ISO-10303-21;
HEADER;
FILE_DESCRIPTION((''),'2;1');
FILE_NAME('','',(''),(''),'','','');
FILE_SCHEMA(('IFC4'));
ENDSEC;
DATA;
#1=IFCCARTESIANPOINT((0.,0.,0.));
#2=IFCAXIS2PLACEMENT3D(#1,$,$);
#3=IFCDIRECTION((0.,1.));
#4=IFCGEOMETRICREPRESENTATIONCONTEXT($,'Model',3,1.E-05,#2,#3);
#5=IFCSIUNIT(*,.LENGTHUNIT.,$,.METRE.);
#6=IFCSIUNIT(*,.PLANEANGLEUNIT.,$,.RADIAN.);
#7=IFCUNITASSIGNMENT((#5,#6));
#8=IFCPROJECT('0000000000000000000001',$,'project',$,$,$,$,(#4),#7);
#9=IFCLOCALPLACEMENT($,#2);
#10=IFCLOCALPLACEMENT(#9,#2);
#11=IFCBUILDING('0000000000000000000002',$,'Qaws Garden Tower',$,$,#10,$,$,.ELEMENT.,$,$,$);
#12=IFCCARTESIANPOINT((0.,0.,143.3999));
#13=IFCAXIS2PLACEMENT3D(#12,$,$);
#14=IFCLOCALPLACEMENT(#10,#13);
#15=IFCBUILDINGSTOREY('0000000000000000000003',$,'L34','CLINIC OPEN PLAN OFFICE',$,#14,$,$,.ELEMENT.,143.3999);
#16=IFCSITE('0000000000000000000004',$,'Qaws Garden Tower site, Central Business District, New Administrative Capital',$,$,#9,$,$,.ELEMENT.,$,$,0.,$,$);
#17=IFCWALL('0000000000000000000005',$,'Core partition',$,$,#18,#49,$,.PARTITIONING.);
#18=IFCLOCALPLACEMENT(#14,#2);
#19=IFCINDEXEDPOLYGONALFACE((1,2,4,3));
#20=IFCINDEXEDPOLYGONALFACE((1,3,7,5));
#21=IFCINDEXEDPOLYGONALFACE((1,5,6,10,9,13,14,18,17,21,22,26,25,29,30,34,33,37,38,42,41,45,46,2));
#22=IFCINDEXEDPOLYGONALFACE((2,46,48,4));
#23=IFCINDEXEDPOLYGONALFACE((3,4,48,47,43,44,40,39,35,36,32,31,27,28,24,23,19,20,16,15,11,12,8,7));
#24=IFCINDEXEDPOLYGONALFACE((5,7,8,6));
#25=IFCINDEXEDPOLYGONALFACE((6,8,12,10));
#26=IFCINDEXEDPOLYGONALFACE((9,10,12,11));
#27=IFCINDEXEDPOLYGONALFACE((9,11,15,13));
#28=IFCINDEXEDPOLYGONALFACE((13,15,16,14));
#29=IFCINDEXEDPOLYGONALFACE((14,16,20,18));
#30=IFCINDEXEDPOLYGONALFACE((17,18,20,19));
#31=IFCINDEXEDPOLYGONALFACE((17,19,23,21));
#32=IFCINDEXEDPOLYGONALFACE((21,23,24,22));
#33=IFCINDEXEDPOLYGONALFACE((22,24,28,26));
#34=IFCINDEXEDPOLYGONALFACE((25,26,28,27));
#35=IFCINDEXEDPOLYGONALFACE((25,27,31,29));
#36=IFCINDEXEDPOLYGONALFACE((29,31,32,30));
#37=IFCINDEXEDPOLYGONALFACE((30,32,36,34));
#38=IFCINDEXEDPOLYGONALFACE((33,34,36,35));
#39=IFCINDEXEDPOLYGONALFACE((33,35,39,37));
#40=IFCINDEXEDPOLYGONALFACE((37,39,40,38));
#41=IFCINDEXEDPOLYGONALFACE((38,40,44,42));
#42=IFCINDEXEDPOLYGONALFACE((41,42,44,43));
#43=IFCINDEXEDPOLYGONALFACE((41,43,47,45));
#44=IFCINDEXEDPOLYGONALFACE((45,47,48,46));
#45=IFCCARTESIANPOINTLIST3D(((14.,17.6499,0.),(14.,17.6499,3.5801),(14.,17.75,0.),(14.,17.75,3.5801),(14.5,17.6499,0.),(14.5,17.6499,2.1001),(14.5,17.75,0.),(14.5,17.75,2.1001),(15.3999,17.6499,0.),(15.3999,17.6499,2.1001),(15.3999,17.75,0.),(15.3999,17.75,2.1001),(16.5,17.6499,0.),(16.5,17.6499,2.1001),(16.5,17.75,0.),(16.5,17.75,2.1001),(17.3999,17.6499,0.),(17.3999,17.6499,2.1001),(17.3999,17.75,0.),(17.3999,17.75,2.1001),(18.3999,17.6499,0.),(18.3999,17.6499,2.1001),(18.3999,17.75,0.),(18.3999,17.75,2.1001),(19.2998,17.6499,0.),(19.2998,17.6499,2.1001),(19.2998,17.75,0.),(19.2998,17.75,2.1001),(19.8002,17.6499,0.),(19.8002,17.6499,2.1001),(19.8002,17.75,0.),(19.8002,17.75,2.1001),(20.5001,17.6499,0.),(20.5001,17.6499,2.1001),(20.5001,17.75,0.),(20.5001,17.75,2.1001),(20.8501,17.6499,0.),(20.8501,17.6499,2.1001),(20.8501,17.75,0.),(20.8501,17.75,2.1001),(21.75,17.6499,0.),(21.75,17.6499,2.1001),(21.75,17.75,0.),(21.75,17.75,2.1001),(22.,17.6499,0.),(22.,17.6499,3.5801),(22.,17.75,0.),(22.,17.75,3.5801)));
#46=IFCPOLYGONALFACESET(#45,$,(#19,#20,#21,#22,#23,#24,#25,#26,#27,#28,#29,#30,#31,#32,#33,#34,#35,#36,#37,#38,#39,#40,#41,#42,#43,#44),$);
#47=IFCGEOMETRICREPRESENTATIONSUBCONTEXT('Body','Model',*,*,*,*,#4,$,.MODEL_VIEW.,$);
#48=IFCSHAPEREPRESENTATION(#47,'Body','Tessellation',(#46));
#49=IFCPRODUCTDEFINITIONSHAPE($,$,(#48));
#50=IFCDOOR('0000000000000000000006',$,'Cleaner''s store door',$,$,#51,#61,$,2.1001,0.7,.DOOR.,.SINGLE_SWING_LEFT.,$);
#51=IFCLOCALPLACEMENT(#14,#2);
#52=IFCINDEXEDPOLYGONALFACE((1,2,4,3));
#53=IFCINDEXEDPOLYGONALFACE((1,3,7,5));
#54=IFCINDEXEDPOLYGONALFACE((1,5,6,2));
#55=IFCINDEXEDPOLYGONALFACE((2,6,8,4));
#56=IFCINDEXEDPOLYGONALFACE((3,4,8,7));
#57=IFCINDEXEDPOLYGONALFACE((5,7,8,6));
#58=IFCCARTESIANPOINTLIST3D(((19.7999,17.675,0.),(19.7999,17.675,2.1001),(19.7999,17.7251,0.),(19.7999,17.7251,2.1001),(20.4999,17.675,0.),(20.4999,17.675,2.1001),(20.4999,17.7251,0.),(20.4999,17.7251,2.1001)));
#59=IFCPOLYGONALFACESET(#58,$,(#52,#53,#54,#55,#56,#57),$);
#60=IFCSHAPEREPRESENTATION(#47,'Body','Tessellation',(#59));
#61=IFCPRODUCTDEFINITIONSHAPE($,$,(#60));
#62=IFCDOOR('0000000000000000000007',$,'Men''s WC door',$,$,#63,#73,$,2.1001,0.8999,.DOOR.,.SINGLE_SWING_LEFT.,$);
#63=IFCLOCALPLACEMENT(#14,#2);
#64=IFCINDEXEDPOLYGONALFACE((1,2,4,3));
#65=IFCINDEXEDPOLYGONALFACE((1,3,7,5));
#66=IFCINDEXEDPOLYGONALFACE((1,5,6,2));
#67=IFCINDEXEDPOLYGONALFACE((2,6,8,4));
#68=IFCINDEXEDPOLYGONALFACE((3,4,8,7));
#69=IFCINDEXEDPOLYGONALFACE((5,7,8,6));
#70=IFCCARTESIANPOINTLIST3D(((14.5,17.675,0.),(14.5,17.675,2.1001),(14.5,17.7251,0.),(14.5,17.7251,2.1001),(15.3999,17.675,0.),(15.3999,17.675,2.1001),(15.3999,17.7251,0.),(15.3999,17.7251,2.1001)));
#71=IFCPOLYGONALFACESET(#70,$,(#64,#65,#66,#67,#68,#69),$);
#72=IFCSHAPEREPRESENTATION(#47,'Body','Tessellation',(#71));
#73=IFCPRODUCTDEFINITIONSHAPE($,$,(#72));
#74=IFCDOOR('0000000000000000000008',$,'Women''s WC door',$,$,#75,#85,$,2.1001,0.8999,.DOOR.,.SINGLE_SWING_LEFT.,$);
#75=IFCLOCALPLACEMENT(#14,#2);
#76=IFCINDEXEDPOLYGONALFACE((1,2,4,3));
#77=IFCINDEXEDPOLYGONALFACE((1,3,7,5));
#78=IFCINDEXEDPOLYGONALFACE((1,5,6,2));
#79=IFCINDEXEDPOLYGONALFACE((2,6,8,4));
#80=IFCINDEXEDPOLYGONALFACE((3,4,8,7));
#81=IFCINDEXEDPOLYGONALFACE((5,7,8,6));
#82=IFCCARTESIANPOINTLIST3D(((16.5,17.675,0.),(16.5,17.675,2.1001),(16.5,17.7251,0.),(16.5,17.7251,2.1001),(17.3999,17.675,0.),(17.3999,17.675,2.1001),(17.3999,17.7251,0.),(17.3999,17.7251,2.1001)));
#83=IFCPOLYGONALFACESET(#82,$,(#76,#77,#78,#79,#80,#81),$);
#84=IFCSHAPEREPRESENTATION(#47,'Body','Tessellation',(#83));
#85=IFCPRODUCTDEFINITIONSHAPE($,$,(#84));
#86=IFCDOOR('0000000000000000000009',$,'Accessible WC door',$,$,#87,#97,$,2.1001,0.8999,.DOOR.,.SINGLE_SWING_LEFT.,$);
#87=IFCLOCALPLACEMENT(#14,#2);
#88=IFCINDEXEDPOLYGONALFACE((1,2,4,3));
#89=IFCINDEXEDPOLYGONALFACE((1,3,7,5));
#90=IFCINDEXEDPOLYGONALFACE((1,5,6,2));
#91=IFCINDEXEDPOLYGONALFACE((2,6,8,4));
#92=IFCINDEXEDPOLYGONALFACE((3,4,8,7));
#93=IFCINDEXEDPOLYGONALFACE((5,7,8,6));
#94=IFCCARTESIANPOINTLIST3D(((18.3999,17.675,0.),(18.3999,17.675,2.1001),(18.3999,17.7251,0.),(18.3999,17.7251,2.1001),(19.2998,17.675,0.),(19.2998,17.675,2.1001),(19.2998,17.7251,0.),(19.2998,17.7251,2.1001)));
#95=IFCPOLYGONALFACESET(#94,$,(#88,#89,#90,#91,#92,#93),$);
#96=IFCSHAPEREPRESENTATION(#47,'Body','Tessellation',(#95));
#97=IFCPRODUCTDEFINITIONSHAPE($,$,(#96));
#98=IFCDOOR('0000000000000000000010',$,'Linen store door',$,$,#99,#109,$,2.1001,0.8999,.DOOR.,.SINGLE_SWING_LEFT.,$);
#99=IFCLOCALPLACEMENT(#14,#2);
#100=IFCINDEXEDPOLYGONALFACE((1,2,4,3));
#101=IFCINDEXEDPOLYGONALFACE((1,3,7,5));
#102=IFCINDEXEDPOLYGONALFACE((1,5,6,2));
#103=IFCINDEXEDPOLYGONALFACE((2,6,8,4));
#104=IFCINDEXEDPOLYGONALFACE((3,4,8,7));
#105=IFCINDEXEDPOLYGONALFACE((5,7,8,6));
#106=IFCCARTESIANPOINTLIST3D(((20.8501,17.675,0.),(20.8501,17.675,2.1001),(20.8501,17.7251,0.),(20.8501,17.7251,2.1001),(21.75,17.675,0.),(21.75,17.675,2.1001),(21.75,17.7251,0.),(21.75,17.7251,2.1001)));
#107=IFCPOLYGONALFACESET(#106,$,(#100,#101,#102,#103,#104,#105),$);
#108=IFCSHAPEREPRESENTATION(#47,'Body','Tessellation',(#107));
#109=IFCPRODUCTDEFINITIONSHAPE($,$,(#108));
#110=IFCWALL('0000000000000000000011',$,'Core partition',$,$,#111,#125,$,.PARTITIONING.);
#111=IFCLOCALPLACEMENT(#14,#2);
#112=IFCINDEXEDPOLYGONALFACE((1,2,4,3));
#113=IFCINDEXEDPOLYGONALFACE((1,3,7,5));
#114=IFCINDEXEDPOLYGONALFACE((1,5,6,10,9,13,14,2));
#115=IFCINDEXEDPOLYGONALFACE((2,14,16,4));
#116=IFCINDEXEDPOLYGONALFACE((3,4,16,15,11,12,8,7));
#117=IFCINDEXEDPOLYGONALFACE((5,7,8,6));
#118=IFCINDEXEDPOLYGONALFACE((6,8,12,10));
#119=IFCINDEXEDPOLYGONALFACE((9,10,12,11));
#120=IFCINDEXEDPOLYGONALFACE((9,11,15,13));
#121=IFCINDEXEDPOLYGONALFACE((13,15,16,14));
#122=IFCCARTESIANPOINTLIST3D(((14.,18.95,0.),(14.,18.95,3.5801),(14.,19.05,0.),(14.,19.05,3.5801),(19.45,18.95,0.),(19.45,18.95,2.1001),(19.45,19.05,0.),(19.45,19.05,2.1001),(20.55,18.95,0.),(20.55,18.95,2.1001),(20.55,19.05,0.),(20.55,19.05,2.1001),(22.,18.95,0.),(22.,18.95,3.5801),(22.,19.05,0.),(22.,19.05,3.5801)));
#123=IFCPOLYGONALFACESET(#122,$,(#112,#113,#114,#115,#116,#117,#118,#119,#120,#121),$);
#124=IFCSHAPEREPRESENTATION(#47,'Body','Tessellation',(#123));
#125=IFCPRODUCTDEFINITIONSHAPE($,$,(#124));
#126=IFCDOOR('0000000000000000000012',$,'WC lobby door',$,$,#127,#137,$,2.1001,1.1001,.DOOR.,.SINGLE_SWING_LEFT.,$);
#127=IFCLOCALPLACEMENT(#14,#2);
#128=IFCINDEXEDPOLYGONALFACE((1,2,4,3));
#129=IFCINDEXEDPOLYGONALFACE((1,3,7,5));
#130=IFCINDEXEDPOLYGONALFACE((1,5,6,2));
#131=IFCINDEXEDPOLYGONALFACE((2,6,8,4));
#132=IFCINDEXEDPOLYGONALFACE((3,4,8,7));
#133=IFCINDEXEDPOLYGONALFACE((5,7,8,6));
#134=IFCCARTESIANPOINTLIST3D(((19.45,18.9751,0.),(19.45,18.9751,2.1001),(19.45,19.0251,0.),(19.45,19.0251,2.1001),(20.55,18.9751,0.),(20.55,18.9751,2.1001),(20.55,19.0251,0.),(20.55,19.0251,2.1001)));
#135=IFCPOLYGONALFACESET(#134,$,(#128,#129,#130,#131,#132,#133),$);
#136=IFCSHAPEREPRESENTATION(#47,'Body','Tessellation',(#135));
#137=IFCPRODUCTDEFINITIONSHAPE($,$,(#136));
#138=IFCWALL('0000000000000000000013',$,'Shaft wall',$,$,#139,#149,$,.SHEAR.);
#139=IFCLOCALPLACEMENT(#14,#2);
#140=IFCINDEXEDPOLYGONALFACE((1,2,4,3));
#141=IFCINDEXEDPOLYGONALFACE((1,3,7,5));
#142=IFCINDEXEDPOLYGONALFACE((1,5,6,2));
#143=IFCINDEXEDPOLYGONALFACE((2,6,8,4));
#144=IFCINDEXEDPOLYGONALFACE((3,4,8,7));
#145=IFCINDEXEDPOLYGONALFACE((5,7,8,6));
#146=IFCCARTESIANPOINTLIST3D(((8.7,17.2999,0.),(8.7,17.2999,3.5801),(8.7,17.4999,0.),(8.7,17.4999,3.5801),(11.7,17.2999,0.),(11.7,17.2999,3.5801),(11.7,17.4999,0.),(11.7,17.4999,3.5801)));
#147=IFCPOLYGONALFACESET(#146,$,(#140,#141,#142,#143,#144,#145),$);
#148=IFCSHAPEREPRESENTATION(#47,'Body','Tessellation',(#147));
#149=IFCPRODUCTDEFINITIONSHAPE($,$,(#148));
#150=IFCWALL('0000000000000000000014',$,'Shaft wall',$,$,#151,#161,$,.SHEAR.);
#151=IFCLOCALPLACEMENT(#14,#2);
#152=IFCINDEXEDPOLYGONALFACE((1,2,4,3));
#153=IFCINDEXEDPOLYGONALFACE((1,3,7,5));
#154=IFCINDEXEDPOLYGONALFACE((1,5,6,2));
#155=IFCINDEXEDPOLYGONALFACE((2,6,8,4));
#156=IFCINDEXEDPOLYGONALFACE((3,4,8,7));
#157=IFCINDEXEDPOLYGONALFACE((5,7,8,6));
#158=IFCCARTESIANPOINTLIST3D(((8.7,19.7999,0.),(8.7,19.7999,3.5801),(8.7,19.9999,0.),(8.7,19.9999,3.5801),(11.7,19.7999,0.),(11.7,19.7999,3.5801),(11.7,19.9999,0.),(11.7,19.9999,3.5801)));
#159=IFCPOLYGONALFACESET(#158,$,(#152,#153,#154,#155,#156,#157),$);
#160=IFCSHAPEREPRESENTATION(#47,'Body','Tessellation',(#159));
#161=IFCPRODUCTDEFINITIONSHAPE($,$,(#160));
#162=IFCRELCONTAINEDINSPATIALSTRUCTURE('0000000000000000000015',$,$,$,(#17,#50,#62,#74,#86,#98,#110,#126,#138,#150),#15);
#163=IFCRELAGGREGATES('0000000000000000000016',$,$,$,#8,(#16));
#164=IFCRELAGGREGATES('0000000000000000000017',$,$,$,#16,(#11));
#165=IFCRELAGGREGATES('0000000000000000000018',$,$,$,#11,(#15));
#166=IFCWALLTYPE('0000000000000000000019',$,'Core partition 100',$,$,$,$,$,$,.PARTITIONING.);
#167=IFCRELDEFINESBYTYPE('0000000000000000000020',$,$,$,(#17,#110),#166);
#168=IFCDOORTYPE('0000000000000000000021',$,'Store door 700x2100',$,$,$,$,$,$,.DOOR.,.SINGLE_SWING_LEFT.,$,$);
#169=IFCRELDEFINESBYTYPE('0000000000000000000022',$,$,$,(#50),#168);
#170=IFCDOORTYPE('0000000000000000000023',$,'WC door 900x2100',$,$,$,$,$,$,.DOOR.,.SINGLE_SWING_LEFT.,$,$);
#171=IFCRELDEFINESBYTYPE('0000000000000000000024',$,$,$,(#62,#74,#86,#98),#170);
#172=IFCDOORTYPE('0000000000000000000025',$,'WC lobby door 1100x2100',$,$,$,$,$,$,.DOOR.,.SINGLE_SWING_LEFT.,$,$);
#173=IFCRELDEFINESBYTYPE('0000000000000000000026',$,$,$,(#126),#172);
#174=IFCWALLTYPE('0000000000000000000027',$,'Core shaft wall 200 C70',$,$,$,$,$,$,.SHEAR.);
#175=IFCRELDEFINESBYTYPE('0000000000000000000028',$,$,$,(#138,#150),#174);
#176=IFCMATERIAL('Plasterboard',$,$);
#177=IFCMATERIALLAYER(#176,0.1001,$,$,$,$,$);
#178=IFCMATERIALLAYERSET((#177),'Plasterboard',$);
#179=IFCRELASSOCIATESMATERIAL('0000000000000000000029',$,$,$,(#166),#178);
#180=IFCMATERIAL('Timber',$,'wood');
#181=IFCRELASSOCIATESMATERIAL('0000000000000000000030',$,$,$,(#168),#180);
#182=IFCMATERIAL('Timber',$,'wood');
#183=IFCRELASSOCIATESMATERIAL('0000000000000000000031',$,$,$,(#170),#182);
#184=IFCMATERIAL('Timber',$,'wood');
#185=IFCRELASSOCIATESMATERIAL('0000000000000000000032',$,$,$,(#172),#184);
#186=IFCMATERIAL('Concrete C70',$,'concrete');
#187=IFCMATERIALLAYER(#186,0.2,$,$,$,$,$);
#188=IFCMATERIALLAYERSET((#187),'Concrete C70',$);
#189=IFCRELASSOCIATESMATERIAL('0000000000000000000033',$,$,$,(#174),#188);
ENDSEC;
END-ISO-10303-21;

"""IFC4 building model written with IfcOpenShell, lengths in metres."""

from ifc_helpers import new_model, si_unit, direction, frame, frame_2d, origin, place, context, subcontext, project, spatial, rectangle, extrude, material, layer, layer_set, type_object, element, fill, save


model = new_model("IFC4")

# Units and contexts
model_context = context("Model", 3, precision=1e-05, world=origin(), true_north=direction((0.0, 1.0)))
body_context = subcontext(model_context, "Body", "Model", "MODEL_VIEW")
ifc_project = project(units=[si_unit("LENGTHUNIT", "METRE"), si_unit("PLANEANGLEUNIT", "RADIAN")], contexts=[model_context])

# Site, building, storey
site_placement = place(None, origin())
site = spatial("IfcSite", under=ifc_project, at=site_placement, Name="Qaws Garden Tower site, Central Business District, New Administrative Capital", CompositionType="ELEMENT", RefElevation=0.0)
building_placement = place(site_placement, origin())
building = spatial("IfcBuilding", under=site, at=building_placement, Name="Qaws Garden Tower", CompositionType="ELEMENT")
storey_placement = place(building_placement, frame((0.0, 0.0, 143.3999)))
storey = spatial("IfcBuildingStorey", under=building, at=storey_placement, Name="L34", Description="CLINIC OPEN PLAN OFFICE", CompositionType="ELEMENT", Elevation=143.3999)

# Wall, openings, doors
ifc_material_1 = material(Name="Plasterboard")
ifc_layer_1 = layer(ifc_material_1, 0.1001)
ifc_layer_set_1 = layer_set([ifc_layer_1], Name="Plasterboard")
wall_type_1 = type_object("IfcWallType", Name="Core partition 100", PredefinedType="PARTITIONING", material=ifc_layer_set_1)
wall_1_placement = place(storey_placement, frame((14.0, 17.7, 0.0), z_axis=(0.0, 0.0, 1.0), x_axis=(1.0, 0.0, 0.0)))
wall_1 = element("IfcWall", 1, at=wall_1_placement, inside=storey, type_object=wall_type_1, Name="Core partition", PredefinedType="PARTITIONING", context=body_context, shape_type="SweptSolid", body=[
    extrude(rectangle(XDim=8.0, YDim=0.1001, at=frame_2d((4.0, 0.0))), origin(), (0.0, 0.0, 1.0), 3.5801),
])
opening_1_placement = place(wall_1_placement, frame((0.5, 0.0, 0.0)))
opening_1 = element("IfcOpeningElement", 2, at=opening_1_placement, cuts=wall_1, PredefinedType="OPENING", context=body_context, shape_type="SweptSolid", body=[
    extrude(rectangle(XDim=0.8999, YDim=2.1001, at=frame_2d((0.45, 1.05))), frame((0.0, 0.0601, 0.0), z_axis=(0.0, -1.0, 0.0), x_axis=(1.0, 0.0, 0.0)), (0.0, 0.0, 1.0), 0.1201),
])
opening_2_placement = place(wall_1_placement, frame((2.5, 0.0, 0.0)))
opening_2 = element("IfcOpeningElement", 3, at=opening_2_placement, cuts=wall_1, PredefinedType="OPENING", context=body_context, shape_type="SweptSolid", body=[
    extrude(rectangle(XDim=0.8999, YDim=2.1001, at=frame_2d((0.45, 1.05))), frame((0.0, 0.0601, 0.0), z_axis=(0.0, -1.0, 0.0), x_axis=(1.0, 0.0, 0.0)), (0.0, 0.0, 1.0), 0.1201),
])
opening_3_placement = place(wall_1_placement, frame((4.3999, 0.0, 0.0)))
opening_3 = element("IfcOpeningElement", 4, at=opening_3_placement, cuts=wall_1, PredefinedType="OPENING", context=body_context, shape_type="SweptSolid", body=[
    extrude(rectangle(XDim=0.8999, YDim=2.1001, at=frame_2d((0.45, 1.05))), frame((0.0, 0.0601, 0.0), z_axis=(0.0, -1.0, 0.0), x_axis=(1.0, 0.0, 0.0)), (0.0, 0.0, 1.0), 0.1201),
])
opening_4_placement = place(wall_1_placement, frame((5.8, 0.0, 0.0)))
opening_4 = element("IfcOpeningElement", 5, at=opening_4_placement, cuts=wall_1, PredefinedType="OPENING", context=body_context, shape_type="SweptSolid", body=[
    extrude(rectangle(XDim=0.7, YDim=2.1001, at=frame_2d((0.3501, 1.05))), frame((0.0, 0.0601, 0.0), z_axis=(0.0, -1.0, 0.0), x_axis=(1.0, 0.0, 0.0)), (0.0, 0.0, 1.0), 0.1201),
])
opening_5_placement = place(wall_1_placement, frame((6.8501, 0.0, 0.0)))
opening_5 = element("IfcOpeningElement", 6, at=opening_5_placement, cuts=wall_1, PredefinedType="OPENING", context=body_context, shape_type="SweptSolid", body=[
    extrude(rectangle(XDim=0.8999, YDim=2.1001, at=frame_2d((0.45, 1.05))), frame((0.0, 0.0601, 0.0), z_axis=(0.0, -1.0, 0.0), x_axis=(1.0, 0.0, 0.0)), (0.0, 0.0, 1.0), 0.1201),
])
ifc_material_2 = material(Name="Timber", Category="wood")
door_type_1 = type_object("IfcDoorType", Name="Store door 700x2100", OperationType="SINGLE_SWING_LEFT", PredefinedType="DOOR", material=ifc_material_2)
door_1_placement = place(opening_4_placement, frame((0.7, 0.0, 0.0), z_axis=(0.0, 0.0, 1.0), x_axis=(-1.0, 0.0, 0.0)))
door_1 = element("IfcDoor", 7, at=door_1_placement, inside=storey, type_object=door_type_1, Name="Cleaner's store door", OperationType="SINGLE_SWING_LEFT", OverallHeight=2.1001, OverallWidth=0.7, PredefinedType="DOOR", context=body_context, shape_type="SweptSolid", body=[
    extrude(rectangle(XDim=0.7, YDim=2.1001, at=frame_2d((0.3501, 1.05))), frame((0.0, 0.0249, 0.0), z_axis=(0.0, -1.0, 0.0), x_axis=(1.0, 0.0, 0.0)), (0.0, 0.0, 1.0), 0.05),
])
fill(opening_4, door_1)
ifc_material_3 = material(Name="Timber", Category="wood")
door_type_2 = type_object("IfcDoorType", Name="WC door 900x2100", OperationType="SINGLE_SWING_LEFT", PredefinedType="DOOR", material=ifc_material_3)
door_2_placement = place(opening_1_placement, frame((0.8999, 0.0, 0.0), z_axis=(0.0, 0.0, 1.0), x_axis=(-1.0, 0.0, 0.0)))
door_2 = element("IfcDoor", 8, at=door_2_placement, inside=storey, type_object=door_type_2, Name="Men's WC door", OperationType="SINGLE_SWING_LEFT", OverallHeight=2.1001, OverallWidth=0.8999, PredefinedType="DOOR", context=body_context, shape_type="SweptSolid", body=[
    extrude(rectangle(XDim=0.8999, YDim=2.1001, at=frame_2d((0.45, 1.05))), frame((0.0, 0.0249, 0.0), z_axis=(0.0, -1.0, 0.0), x_axis=(1.0, 0.0, 0.0)), (0.0, 0.0, 1.0), 0.05),
])
fill(opening_1, door_2)
door_3_placement = place(opening_2_placement, frame((0.8999, 0.0, 0.0), z_axis=(0.0, 0.0, 1.0), x_axis=(-1.0, 0.0, 0.0)))
door_3 = element("IfcDoor", 9, at=door_3_placement, inside=storey, type_object=door_type_2, Name="Women's WC door", OperationType="SINGLE_SWING_LEFT", OverallHeight=2.1001, OverallWidth=0.8999, PredefinedType="DOOR", context=body_context, shape_type="SweptSolid", body=[
    extrude(rectangle(XDim=0.8999, YDim=2.1001, at=frame_2d((0.45, 1.05))), frame((0.0, 0.0249, 0.0), z_axis=(0.0, -1.0, 0.0), x_axis=(1.0, 0.0, 0.0)), (0.0, 0.0, 1.0), 0.05),
])
fill(opening_2, door_3)
door_4_placement = place(opening_3_placement, frame((0.8999, 0.0, 0.0), z_axis=(0.0, 0.0, 1.0), x_axis=(-1.0, 0.0, 0.0)))
door_4 = element("IfcDoor", 10, at=door_4_placement, inside=storey, type_object=door_type_2, Name="Accessible WC door", OperationType="SINGLE_SWING_LEFT", OverallHeight=2.1001, OverallWidth=0.8999, PredefinedType="DOOR", context=body_context, shape_type="SweptSolid", body=[
    extrude(rectangle(XDim=0.8999, YDim=2.1001, at=frame_2d((0.45, 1.05))), frame((0.0, 0.0249, 0.0), z_axis=(0.0, -1.0, 0.0), x_axis=(1.0, 0.0, 0.0)), (0.0, 0.0, 1.0), 0.05),
])
fill(opening_3, door_4)
door_5_placement = place(opening_5_placement, frame((0.8999, 0.0, 0.0), z_axis=(0.0, 0.0, 1.0), x_axis=(-1.0, 0.0, 0.0)))
door_5 = element("IfcDoor", 11, at=door_5_placement, inside=storey, type_object=door_type_2, Name="Linen store door", OperationType="SINGLE_SWING_LEFT", OverallHeight=2.1001, OverallWidth=0.8999, PredefinedType="DOOR", context=body_context, shape_type="SweptSolid", body=[
    extrude(rectangle(XDim=0.8999, YDim=2.1001, at=frame_2d((0.45, 1.05))), frame((0.0, 0.0249, 0.0), z_axis=(0.0, -1.0, 0.0), x_axis=(1.0, 0.0, 0.0)), (0.0, 0.0, 1.0), 0.05),
])
fill(opening_5, door_5)

# Wall, opening, door
wall_2_placement = place(storey_placement, frame((14.0, 19.0, 0.0), z_axis=(0.0, 0.0, 1.0), x_axis=(1.0, 0.0, 0.0)))
wall_2 = element("IfcWall", 12, at=wall_2_placement, inside=storey, type_object=wall_type_1, Name="Core partition", PredefinedType="PARTITIONING", context=body_context, shape_type="SweptSolid", body=[
    extrude(rectangle(XDim=8.0, YDim=0.1001, at=frame_2d((4.0, 0.0))), origin(), (0.0, 0.0, 1.0), 3.5801),
])
opening_6_placement = place(wall_2_placement, frame((5.45, 0.0, 0.0)))
opening_6 = element("IfcOpeningElement", 13, at=opening_6_placement, cuts=wall_2, PredefinedType="OPENING", context=body_context, shape_type="SweptSolid", body=[
    extrude(rectangle(XDim=1.1001, YDim=2.1001, at=frame_2d((0.55, 1.05))), frame((0.0, 0.0601, 0.0), z_axis=(0.0, -1.0, 0.0), x_axis=(1.0, 0.0, 0.0)), (0.0, 0.0, 1.0), 0.1201),
])
ifc_material_4 = material(Name="Timber", Category="wood")
door_type_3 = type_object("IfcDoorType", Name="WC lobby door 1100x2100", OperationType="SINGLE_SWING_LEFT", PredefinedType="DOOR", material=ifc_material_4)
door_6_placement = place(opening_6_placement, frame((1.1001, 0.0, 0.0), z_axis=(0.0, 0.0, 1.0), x_axis=(-1.0, 0.0, 0.0)))
door_6 = element("IfcDoor", 14, at=door_6_placement, inside=storey, type_object=door_type_3, Name="WC lobby door", OperationType="SINGLE_SWING_LEFT", OverallHeight=2.1001, OverallWidth=1.1001, PredefinedType="DOOR", context=body_context, shape_type="SweptSolid", body=[
    extrude(rectangle(XDim=1.1001, YDim=2.1001, at=frame_2d((0.55, 1.05))), frame((0.0, 0.0249, 0.0), z_axis=(0.0, -1.0, 0.0), x_axis=(1.0, 0.0, 0.0)), (0.0, 0.0, 1.0), 0.05),
])
fill(opening_6, door_6)

# Walls
ifc_material_5 = material(Name="Concrete C70", Category="concrete")
ifc_layer_2 = layer(ifc_material_5, 0.2)
ifc_layer_set_2 = layer_set([ifc_layer_2], Name="Concrete C70")
wall_type_2 = type_object("IfcWallType", Name="Core shaft wall 200 C70", PredefinedType="SHEAR", material=ifc_layer_set_2)
for number, where, z_axis, x_axis, name in (
    (15, (8.7, 17.3999, 0.0), (0.0, 0.0, 1.0), (1.0, 0.0, 0.0), "Shaft wall"),
    (16, (8.7, 19.8999, 0.0), (0.0, 0.0, 1.0), (1.0, 0.0, 0.0), "Shaft wall"),
):
    element("IfcWall", number, at=place(storey_placement, frame(where, z_axis=z_axis, x_axis=x_axis)), inside=storey, type_object=wall_type_2, Name=name, PredefinedType="SHEAR", context=body_context, shape_type="SweptSolid", body=[
        extrude(rectangle(XDim=3.0, YDim=0.2, at=frame_2d((1.5, 0.0))), origin(), (0.0, 0.0, 1.0), 3.5801),
    ])

save(model, "model.ifc")
